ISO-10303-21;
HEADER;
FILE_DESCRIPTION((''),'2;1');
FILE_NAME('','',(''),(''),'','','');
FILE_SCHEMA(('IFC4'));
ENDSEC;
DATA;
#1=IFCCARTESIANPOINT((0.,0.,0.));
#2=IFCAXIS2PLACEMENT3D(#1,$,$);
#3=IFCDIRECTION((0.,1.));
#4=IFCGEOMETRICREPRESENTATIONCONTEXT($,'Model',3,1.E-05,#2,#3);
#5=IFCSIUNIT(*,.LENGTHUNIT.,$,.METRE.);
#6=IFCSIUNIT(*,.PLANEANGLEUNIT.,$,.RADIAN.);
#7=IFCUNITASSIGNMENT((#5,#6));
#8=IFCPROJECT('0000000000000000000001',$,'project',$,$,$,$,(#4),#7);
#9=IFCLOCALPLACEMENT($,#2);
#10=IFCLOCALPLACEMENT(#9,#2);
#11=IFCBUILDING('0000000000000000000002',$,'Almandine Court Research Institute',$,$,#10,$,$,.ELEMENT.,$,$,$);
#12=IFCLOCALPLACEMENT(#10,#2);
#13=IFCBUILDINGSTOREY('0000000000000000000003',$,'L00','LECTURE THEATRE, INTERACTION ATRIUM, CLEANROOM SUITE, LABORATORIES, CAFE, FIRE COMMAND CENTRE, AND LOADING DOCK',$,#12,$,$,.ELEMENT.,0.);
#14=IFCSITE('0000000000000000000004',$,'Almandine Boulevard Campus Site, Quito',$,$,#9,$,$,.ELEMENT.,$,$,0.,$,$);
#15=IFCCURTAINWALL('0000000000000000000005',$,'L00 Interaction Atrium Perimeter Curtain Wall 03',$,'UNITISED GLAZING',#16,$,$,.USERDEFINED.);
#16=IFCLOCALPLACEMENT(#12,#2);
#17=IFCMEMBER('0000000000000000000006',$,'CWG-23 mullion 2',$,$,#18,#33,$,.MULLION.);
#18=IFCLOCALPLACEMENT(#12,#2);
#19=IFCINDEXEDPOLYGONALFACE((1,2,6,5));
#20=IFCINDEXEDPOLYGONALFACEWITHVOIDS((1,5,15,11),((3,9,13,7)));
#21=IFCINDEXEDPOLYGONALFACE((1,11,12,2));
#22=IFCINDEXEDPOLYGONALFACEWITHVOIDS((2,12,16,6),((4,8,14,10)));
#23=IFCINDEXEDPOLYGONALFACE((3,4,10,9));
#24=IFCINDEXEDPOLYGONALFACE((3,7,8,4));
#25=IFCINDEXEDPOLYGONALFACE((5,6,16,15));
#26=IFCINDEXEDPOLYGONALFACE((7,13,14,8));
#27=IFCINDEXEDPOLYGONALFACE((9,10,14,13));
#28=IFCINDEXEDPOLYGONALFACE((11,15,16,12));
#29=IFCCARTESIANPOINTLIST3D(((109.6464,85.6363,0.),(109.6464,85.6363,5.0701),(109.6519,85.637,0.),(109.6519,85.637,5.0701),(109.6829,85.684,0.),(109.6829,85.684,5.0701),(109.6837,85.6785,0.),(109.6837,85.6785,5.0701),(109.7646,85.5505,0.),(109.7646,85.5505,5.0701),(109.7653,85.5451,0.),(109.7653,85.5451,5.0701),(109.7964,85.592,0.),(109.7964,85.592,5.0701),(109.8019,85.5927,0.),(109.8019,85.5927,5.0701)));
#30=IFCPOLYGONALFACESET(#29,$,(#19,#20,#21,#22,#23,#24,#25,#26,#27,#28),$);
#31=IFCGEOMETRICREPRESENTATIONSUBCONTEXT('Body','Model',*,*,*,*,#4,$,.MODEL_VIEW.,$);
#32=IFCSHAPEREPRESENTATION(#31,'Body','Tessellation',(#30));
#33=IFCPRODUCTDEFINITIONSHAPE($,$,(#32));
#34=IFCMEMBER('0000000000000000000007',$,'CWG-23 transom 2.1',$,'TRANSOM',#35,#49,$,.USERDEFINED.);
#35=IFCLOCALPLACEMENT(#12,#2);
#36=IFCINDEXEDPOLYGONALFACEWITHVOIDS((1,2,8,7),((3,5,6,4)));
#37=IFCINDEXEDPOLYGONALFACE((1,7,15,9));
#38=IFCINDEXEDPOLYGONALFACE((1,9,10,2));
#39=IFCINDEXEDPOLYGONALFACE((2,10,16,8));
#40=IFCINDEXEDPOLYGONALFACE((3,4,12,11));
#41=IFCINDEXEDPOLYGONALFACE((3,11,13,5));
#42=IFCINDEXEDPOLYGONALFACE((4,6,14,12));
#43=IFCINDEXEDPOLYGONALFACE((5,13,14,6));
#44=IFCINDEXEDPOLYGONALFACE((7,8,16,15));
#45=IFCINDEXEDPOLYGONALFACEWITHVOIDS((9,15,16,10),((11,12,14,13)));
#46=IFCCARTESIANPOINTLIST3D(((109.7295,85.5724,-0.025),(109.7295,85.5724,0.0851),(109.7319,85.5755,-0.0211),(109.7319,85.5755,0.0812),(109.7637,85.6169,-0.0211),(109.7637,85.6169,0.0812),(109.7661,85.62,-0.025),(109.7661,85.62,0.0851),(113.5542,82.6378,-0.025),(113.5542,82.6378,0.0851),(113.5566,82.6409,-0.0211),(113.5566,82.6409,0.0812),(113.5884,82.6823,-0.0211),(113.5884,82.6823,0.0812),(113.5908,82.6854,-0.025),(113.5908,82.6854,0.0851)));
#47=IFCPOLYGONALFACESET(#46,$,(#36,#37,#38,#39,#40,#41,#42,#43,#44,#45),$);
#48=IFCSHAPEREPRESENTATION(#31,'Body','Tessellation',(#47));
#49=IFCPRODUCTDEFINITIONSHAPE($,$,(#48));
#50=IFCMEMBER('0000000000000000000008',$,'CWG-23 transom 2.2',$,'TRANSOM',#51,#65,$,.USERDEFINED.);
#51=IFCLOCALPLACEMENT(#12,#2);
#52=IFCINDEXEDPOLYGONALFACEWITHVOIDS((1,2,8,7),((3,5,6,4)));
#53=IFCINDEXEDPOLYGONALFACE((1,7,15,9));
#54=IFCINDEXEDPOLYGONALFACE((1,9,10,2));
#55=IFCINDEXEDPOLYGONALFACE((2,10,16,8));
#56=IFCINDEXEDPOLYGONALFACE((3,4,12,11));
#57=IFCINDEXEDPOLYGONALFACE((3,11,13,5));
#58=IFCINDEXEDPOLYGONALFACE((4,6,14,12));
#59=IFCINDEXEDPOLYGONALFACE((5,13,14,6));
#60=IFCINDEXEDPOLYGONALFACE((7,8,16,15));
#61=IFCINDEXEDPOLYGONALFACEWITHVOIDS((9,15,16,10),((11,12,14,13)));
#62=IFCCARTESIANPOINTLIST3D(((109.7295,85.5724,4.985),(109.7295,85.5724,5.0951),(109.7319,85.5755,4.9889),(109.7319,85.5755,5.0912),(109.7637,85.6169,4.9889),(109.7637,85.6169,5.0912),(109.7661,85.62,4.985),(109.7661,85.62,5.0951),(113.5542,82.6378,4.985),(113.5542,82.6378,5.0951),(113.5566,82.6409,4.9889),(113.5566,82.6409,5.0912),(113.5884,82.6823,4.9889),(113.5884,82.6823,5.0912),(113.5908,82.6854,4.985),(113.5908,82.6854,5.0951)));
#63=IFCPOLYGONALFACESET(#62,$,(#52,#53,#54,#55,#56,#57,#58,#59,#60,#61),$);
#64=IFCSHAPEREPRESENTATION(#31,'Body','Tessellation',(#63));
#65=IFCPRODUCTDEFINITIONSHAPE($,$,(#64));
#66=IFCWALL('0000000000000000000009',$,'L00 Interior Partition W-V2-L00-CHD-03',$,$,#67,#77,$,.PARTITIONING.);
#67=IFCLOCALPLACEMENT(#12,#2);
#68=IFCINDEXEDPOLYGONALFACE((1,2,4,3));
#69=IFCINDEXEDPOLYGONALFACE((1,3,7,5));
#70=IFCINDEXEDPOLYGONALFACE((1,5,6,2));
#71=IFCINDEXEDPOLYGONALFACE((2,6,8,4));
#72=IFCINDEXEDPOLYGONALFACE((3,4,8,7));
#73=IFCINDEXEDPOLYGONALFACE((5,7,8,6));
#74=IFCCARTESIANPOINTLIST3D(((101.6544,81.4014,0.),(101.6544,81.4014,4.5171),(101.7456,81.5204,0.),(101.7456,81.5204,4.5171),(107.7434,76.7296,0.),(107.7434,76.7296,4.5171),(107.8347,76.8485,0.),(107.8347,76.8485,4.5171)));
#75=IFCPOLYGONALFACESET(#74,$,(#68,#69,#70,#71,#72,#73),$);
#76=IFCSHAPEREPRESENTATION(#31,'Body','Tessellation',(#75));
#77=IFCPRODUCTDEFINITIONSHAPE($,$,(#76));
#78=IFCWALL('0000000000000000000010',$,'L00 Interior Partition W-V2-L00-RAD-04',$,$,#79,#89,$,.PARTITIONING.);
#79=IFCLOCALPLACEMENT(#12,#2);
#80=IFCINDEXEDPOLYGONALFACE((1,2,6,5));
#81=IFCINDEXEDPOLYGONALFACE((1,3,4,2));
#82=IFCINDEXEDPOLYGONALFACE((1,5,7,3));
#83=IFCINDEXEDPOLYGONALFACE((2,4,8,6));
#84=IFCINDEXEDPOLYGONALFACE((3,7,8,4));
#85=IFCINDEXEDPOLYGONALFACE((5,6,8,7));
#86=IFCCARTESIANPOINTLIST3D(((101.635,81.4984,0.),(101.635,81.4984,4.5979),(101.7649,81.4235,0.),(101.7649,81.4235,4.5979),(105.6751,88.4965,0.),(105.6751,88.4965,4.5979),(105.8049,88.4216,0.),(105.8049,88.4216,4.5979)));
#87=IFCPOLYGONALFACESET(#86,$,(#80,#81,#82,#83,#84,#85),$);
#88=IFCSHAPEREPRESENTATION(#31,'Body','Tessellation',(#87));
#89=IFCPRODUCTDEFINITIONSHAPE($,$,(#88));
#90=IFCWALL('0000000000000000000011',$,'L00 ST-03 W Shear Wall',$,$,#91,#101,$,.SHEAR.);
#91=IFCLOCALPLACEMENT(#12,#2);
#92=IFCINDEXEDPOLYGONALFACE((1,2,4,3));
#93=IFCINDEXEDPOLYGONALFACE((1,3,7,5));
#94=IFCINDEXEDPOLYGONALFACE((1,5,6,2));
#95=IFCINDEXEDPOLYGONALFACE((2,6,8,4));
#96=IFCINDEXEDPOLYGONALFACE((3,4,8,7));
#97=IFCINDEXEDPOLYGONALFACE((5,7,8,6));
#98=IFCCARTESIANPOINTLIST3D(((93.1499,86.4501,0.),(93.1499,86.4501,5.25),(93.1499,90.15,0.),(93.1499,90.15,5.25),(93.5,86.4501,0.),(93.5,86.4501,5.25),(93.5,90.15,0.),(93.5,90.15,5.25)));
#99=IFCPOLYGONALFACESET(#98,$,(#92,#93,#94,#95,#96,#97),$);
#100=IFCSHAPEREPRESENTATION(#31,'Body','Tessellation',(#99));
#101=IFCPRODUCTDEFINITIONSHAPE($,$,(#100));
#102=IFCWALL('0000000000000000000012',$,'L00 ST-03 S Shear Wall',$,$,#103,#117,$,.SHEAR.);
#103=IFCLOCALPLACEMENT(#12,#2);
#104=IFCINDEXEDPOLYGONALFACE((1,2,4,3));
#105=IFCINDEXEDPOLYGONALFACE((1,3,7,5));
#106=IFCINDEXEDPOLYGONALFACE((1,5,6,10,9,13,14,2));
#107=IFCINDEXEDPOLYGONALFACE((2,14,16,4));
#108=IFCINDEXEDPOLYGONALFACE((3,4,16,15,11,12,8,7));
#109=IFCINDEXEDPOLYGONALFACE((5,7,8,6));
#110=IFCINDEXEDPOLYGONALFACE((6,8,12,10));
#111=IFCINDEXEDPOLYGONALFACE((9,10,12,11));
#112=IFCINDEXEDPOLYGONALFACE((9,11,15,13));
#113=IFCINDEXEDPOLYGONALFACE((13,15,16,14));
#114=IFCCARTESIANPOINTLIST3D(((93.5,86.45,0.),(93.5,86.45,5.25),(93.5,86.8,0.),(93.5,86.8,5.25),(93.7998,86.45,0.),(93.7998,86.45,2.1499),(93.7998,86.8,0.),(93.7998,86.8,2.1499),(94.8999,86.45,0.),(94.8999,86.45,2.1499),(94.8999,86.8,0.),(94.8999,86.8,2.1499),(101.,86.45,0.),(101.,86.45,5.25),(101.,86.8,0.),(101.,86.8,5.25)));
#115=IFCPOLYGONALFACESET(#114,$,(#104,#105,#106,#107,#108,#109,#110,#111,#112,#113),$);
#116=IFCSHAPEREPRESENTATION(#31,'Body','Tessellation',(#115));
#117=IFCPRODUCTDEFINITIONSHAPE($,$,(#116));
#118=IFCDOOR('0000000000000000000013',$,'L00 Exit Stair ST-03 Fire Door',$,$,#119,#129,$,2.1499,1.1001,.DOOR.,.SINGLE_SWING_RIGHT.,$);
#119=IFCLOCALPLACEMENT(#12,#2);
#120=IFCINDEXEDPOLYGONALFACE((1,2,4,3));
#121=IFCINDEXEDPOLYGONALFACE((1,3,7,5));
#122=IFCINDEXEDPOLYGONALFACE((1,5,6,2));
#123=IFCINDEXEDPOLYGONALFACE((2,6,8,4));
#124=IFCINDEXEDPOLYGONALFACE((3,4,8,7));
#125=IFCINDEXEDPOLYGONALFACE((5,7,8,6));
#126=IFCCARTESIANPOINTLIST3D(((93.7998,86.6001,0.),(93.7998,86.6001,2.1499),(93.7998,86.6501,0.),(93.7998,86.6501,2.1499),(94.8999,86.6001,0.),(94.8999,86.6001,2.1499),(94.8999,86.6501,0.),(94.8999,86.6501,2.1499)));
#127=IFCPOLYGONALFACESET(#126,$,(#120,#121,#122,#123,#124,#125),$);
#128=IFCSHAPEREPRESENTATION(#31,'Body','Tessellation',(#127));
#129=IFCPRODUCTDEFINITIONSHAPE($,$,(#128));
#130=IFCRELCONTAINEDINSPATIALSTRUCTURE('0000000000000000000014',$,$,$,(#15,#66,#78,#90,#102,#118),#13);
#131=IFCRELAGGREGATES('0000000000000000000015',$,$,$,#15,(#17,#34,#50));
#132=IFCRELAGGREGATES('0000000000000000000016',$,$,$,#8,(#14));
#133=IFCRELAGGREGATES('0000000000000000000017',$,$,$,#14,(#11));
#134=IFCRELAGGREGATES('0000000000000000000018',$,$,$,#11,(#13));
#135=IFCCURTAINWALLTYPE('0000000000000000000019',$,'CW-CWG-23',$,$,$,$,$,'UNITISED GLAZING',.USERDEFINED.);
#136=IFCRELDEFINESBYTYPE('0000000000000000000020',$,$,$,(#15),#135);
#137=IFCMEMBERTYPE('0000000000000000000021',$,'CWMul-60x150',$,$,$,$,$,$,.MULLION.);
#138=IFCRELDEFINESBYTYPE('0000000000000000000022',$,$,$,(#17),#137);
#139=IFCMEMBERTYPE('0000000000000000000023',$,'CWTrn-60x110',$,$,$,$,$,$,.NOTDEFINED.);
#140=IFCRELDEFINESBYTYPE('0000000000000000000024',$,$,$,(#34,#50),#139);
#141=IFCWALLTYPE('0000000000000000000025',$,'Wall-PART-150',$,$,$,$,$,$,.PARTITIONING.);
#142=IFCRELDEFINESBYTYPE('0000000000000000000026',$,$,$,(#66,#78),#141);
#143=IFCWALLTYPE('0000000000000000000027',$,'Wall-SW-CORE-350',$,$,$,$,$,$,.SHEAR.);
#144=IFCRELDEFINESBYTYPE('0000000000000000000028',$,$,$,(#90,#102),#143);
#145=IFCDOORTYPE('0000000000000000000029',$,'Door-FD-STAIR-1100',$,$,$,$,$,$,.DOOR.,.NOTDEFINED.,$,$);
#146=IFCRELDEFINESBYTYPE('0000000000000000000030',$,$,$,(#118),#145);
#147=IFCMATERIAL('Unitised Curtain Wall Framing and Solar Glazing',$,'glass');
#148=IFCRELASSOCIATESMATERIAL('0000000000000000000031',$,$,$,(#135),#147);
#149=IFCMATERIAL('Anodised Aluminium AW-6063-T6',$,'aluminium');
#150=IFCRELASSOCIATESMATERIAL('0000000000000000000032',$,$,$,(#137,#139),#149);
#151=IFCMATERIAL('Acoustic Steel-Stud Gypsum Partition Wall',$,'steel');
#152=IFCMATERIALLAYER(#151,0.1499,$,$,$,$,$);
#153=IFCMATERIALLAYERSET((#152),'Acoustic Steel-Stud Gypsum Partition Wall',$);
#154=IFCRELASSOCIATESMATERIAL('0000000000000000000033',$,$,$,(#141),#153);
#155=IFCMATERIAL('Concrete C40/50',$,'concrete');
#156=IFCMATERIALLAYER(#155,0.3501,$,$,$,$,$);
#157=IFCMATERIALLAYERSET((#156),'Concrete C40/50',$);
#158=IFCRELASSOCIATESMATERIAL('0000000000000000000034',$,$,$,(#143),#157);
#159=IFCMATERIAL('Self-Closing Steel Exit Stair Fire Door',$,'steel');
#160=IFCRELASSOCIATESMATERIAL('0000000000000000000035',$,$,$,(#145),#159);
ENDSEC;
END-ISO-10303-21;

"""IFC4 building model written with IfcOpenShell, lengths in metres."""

from ifc_helpers import new_model, si_unit, direction, frame, frame_2d, origin, origin_2d, place, context, subcontext, project, spatial, rectangle, hollow_rectangle, extrude, material, layer, layer_set, material_profile, profile_set, type_object, element, fill, aggregate, save


model = new_model("IFC4")

# Units and contexts
model_context = context("Model", 3, precision=1e-05, world=origin(), true_north=direction((0.0, 1.0)))
body_context = subcontext(model_context, "Body", "Model", "MODEL_VIEW")
ifc_project = project(units=[si_unit("LENGTHUNIT", "METRE"), si_unit("PLANEANGLEUNIT", "RADIAN")], contexts=[model_context])

# Site, building, storey
site_placement = place(None, origin())
site = spatial("IfcSite", under=ifc_project, at=site_placement, Name="Almandine Boulevard Campus Site, Quito", CompositionType="ELEMENT", RefElevation=0.0)
building_placement = place(site_placement, origin())
building = spatial("IfcBuilding", under=site, at=building_placement, Name="Almandine Court Research Institute", CompositionType="ELEMENT")
storey_placement = place(building_placement, origin())
storey = spatial("IfcBuildingStorey", under=building, at=storey_placement, Name="L00", Description="LECTURE THEATRE, INTERACTION ATRIUM, CLEANROOM SUITE, LABORATORIES, CAFE, FIRE COMMAND CENTRE, AND LOADING DOCK", CompositionType="ELEMENT", Elevation=0.0)

# Curtain wall, members
ifc_material_1 = material(Name="Unitised Curtain Wall Framing and Solar Glazing", Category="glass")
curtain_wall_type = type_object("IfcCurtainWallType", Name="CW-CWG-23", ElementType="UNITISED GLAZING", PredefinedType="USERDEFINED", material=ifc_material_1)
curtain_wall_placement = place(storey_placement, origin())
curtain_wall = element("IfcCurtainWall", 1, at=curtain_wall_placement, inside=storey, type_object=curtain_wall_type, Name="L00 Interaction Atrium Perimeter Curtain Wall 03", ObjectType="UNITISED GLAZING", PredefinedType="USERDEFINED")
ifc_material_2 = material(Name="Anodised Aluminium AW-6063-T6", Category="aluminium")
ifc_material_profile_1 = material_profile(ifc_material_2, hollow_rectangle(XDim=0.0601, YDim=0.1499, WallThickness=0.0039, at=origin_2d()), Name="ALU RHS 60x150x4")
ifc_profile_set_1 = profile_set([ifc_material_profile_1], Name="Anodised Aluminium AW-6063-T6")
member_type_1 = type_object("IfcMemberType", Name="CWMul-60x150", PredefinedType="MULLION", material=ifc_profile_set_1)
member_1_placement = place(storey_placement, frame((109.7241, 85.6145, 0.0), z_axis=(0.0, 0.0, 1.0), x_axis=(0.608761, 0.793354, 0.0)))
member_1 = element("IfcMember", 2, at=member_1_placement, type_object=member_type_1, Name="CWG-23 mullion 2", PredefinedType="MULLION", context=body_context, shape_type="SweptSolid", body=[
    extrude(hollow_rectangle(XDim=0.0601, YDim=0.1499, WallThickness=0.0039, at=origin_2d()), origin(), (0.0, 0.0, 1.0), 5.0701),
])
ifc_material_profile_2 = material_profile(ifc_material_2, hollow_rectangle(XDim=0.0601, YDim=0.1101, WallThickness=0.0039, at=origin_2d()), Name="ALU RHS 60x110x4")
ifc_profile_set_2 = profile_set([ifc_material_profile_2], Name="Anodised Aluminium AW-6063-T6")
member_type_2 = type_object("IfcMemberType", Name="CWTrn-60x110", PredefinedType="NOTDEFINED", material=ifc_profile_set_2)
member_2_placement = place(storey_placement, frame((109.7478, 85.5962, 0.03), z_axis=(0.793376, -0.608731, 0.0), x_axis=(0.608731, 0.793376, 0.0)))
member_2 = element("IfcMember", 3, at=member_2_placement, type_object=member_type_2, Name="CWG-23 transom 2.1", ObjectType="TRANSOM", PredefinedType="USERDEFINED", context=body_context, shape_type="SweptSolid", body=[
    extrude(hollow_rectangle(XDim=0.0601, YDim=0.1101, WallThickness=0.0039, at=origin_2d()), origin(), (0.0, 0.0, 1.0), 4.8208),
])
member_3_placement = place(storey_placement, frame((109.7478, 85.5962, 5.04), z_axis=(0.793376, -0.608731, 0.0), x_axis=(0.608731, 0.793376, 0.0)))
member_3 = element("IfcMember", 4, at=member_3_placement, type_object=member_type_2, Name="CWG-23 transom 2.2", ObjectType="TRANSOM", PredefinedType="USERDEFINED", context=body_context, shape_type="SweptSolid", body=[
    extrude(hollow_rectangle(XDim=0.0601, YDim=0.1101, WallThickness=0.0039, at=origin_2d()), origin(), (0.0, 0.0, 1.0), 4.8208),
])
aggregate(curtain_wall, [member_1, member_2, member_3])

# Walls
ifc_material_3 = material(Name="Acoustic Steel-Stud Gypsum Partition Wall", Category="steel")
ifc_layer_1 = layer(ifc_material_3, 0.1499)
ifc_layer_set_1 = layer_set([ifc_layer_1], Name="Acoustic Steel-Stud Gypsum Partition Wall")
wall_type_1 = type_object("IfcWallType", Name="Wall-PART-150", PredefinedType="PARTITIONING", material=ifc_layer_set_1)
wall_1_placement = place(storey_placement, frame((107.7891, 76.7891, 0.0), z_axis=(0.0, 0.0, 1.0), x_axis=(-0.793383, 0.608723, 0.0)))
element("IfcWall", 5, at=wall_1_placement, inside=storey, type_object=wall_type_1, Name="L00 Interior Partition W-V2-L00-CHD-03", PredefinedType="PARTITIONING", context=body_context, shape_type="SweptSolid", body=[
    extrude(rectangle(XDim=7.6748, YDim=0.1499, at=frame_2d((3.8374, 0.0))), origin(), (0.0, 0.0, 1.0), 4.5171),
])
wall_2_placement = place(storey_placement, frame((101.7, 81.4609, 0.0), z_axis=(0.0, 0.0, 1.0), x_axis=(0.499974, 0.866041, 0.0)))
element("IfcWall", 6, at=wall_2_placement, inside=storey, type_object=wall_type_1, Name="L00 Interior Partition W-V2-L00-RAD-04", PredefinedType="PARTITIONING", context=body_context, shape_type="SweptSolid", body=[
    extrude(rectangle(XDim=8.0806, YDim=0.1499, at=frame_2d((4.0403, 0.0))), origin(), (0.0, 0.0, 1.0), 4.5979),
])
ifc_material_4 = material(Name="Concrete C40/50", Category="concrete")
ifc_layer_2 = layer(ifc_material_4, 0.3501)
ifc_layer_set_2 = layer_set([ifc_layer_2], Name="Concrete C40/50")
wall_type_2 = type_object("IfcWallType", Name="Wall-SW-CORE-350", PredefinedType="SHEAR", material=ifc_layer_set_2)
wall_3_placement = place(storey_placement, frame((93.325, 86.45, 0.0), z_axis=(0.0, 0.0, 1.0), x_axis=(0.0, 1.0, 0.0)))
element("IfcWall", 7, at=wall_3_placement, inside=storey, type_object=wall_type_2, Name="L00 ST-03 W Shear Wall", PredefinedType="SHEAR", context=body_context, shape_type="SweptSolid", body=[
    extrude(rectangle(XDim=3.7, YDim=0.3501, at=frame_2d((1.8501, 0.0))), origin(), (0.0, 0.0, 1.0), 5.25),
])

# Wall, opening, door
wall_4_placement = place(storey_placement, frame((101.0, 86.625, 0.0), z_axis=(0.0, 0.0, 1.0), x_axis=(-1.0, 0.0, 0.0)))
wall_4 = element("IfcWall", 8, at=wall_4_placement, inside=storey, type_object=wall_type_2, Name="L00 ST-03 S Shear Wall", PredefinedType="SHEAR", context=body_context, shape_type="SweptSolid", body=[
    extrude(rectangle(XDim=7.5, YDim=0.3501, at=frame_2d((3.75, 0.0))), origin(), (0.0, 0.0, 1.0), 5.25),
])
opening_placement = place(wall_4_placement, frame((6.1001, 0.0, 0.0)))
opening = element("IfcOpeningElement", 9, at=opening_placement, cuts=wall_4, PredefinedType="OPENING", context=body_context, shape_type="SweptSolid", body=[
    extrude(rectangle(XDim=1.1001, YDim=2.1499, at=frame_2d((0.55, 1.075))), frame((0.0, 0.1851, 0.0), z_axis=(0.0, -1.0, 0.0), x_axis=(1.0, 0.0, 0.0)), (0.0, 0.0, 1.0), 0.3701),
])
ifc_material_5 = material(Name="Self-Closing Steel Exit Stair Fire Door", Category="steel")
door_type = type_object("IfcDoorType", Name="Door-FD-STAIR-1100", OperationType="NOTDEFINED", PredefinedType="DOOR", material=ifc_material_5)
door_placement = place(opening_placement, origin())
door = element("IfcDoor", 10, at=door_placement, inside=storey, type_object=door_type, Name="L00 Exit Stair ST-03 Fire Door", OperationType="SINGLE_SWING_RIGHT", OverallHeight=2.1499, OverallWidth=1.1001, PredefinedType="DOOR", context=body_context, shape_type="SweptSolid", body=[
    extrude(rectangle(XDim=1.1001, YDim=2.1499, at=frame_2d((0.55, 1.075))), frame((0.0, 0.0249, 0.0), z_axis=(0.0, -1.0, 0.0), x_axis=(1.0, 0.0, 0.0)), (0.0, 0.0, 1.0), 0.05),
])
fill(opening, door)

save(model, "model.ifc")
